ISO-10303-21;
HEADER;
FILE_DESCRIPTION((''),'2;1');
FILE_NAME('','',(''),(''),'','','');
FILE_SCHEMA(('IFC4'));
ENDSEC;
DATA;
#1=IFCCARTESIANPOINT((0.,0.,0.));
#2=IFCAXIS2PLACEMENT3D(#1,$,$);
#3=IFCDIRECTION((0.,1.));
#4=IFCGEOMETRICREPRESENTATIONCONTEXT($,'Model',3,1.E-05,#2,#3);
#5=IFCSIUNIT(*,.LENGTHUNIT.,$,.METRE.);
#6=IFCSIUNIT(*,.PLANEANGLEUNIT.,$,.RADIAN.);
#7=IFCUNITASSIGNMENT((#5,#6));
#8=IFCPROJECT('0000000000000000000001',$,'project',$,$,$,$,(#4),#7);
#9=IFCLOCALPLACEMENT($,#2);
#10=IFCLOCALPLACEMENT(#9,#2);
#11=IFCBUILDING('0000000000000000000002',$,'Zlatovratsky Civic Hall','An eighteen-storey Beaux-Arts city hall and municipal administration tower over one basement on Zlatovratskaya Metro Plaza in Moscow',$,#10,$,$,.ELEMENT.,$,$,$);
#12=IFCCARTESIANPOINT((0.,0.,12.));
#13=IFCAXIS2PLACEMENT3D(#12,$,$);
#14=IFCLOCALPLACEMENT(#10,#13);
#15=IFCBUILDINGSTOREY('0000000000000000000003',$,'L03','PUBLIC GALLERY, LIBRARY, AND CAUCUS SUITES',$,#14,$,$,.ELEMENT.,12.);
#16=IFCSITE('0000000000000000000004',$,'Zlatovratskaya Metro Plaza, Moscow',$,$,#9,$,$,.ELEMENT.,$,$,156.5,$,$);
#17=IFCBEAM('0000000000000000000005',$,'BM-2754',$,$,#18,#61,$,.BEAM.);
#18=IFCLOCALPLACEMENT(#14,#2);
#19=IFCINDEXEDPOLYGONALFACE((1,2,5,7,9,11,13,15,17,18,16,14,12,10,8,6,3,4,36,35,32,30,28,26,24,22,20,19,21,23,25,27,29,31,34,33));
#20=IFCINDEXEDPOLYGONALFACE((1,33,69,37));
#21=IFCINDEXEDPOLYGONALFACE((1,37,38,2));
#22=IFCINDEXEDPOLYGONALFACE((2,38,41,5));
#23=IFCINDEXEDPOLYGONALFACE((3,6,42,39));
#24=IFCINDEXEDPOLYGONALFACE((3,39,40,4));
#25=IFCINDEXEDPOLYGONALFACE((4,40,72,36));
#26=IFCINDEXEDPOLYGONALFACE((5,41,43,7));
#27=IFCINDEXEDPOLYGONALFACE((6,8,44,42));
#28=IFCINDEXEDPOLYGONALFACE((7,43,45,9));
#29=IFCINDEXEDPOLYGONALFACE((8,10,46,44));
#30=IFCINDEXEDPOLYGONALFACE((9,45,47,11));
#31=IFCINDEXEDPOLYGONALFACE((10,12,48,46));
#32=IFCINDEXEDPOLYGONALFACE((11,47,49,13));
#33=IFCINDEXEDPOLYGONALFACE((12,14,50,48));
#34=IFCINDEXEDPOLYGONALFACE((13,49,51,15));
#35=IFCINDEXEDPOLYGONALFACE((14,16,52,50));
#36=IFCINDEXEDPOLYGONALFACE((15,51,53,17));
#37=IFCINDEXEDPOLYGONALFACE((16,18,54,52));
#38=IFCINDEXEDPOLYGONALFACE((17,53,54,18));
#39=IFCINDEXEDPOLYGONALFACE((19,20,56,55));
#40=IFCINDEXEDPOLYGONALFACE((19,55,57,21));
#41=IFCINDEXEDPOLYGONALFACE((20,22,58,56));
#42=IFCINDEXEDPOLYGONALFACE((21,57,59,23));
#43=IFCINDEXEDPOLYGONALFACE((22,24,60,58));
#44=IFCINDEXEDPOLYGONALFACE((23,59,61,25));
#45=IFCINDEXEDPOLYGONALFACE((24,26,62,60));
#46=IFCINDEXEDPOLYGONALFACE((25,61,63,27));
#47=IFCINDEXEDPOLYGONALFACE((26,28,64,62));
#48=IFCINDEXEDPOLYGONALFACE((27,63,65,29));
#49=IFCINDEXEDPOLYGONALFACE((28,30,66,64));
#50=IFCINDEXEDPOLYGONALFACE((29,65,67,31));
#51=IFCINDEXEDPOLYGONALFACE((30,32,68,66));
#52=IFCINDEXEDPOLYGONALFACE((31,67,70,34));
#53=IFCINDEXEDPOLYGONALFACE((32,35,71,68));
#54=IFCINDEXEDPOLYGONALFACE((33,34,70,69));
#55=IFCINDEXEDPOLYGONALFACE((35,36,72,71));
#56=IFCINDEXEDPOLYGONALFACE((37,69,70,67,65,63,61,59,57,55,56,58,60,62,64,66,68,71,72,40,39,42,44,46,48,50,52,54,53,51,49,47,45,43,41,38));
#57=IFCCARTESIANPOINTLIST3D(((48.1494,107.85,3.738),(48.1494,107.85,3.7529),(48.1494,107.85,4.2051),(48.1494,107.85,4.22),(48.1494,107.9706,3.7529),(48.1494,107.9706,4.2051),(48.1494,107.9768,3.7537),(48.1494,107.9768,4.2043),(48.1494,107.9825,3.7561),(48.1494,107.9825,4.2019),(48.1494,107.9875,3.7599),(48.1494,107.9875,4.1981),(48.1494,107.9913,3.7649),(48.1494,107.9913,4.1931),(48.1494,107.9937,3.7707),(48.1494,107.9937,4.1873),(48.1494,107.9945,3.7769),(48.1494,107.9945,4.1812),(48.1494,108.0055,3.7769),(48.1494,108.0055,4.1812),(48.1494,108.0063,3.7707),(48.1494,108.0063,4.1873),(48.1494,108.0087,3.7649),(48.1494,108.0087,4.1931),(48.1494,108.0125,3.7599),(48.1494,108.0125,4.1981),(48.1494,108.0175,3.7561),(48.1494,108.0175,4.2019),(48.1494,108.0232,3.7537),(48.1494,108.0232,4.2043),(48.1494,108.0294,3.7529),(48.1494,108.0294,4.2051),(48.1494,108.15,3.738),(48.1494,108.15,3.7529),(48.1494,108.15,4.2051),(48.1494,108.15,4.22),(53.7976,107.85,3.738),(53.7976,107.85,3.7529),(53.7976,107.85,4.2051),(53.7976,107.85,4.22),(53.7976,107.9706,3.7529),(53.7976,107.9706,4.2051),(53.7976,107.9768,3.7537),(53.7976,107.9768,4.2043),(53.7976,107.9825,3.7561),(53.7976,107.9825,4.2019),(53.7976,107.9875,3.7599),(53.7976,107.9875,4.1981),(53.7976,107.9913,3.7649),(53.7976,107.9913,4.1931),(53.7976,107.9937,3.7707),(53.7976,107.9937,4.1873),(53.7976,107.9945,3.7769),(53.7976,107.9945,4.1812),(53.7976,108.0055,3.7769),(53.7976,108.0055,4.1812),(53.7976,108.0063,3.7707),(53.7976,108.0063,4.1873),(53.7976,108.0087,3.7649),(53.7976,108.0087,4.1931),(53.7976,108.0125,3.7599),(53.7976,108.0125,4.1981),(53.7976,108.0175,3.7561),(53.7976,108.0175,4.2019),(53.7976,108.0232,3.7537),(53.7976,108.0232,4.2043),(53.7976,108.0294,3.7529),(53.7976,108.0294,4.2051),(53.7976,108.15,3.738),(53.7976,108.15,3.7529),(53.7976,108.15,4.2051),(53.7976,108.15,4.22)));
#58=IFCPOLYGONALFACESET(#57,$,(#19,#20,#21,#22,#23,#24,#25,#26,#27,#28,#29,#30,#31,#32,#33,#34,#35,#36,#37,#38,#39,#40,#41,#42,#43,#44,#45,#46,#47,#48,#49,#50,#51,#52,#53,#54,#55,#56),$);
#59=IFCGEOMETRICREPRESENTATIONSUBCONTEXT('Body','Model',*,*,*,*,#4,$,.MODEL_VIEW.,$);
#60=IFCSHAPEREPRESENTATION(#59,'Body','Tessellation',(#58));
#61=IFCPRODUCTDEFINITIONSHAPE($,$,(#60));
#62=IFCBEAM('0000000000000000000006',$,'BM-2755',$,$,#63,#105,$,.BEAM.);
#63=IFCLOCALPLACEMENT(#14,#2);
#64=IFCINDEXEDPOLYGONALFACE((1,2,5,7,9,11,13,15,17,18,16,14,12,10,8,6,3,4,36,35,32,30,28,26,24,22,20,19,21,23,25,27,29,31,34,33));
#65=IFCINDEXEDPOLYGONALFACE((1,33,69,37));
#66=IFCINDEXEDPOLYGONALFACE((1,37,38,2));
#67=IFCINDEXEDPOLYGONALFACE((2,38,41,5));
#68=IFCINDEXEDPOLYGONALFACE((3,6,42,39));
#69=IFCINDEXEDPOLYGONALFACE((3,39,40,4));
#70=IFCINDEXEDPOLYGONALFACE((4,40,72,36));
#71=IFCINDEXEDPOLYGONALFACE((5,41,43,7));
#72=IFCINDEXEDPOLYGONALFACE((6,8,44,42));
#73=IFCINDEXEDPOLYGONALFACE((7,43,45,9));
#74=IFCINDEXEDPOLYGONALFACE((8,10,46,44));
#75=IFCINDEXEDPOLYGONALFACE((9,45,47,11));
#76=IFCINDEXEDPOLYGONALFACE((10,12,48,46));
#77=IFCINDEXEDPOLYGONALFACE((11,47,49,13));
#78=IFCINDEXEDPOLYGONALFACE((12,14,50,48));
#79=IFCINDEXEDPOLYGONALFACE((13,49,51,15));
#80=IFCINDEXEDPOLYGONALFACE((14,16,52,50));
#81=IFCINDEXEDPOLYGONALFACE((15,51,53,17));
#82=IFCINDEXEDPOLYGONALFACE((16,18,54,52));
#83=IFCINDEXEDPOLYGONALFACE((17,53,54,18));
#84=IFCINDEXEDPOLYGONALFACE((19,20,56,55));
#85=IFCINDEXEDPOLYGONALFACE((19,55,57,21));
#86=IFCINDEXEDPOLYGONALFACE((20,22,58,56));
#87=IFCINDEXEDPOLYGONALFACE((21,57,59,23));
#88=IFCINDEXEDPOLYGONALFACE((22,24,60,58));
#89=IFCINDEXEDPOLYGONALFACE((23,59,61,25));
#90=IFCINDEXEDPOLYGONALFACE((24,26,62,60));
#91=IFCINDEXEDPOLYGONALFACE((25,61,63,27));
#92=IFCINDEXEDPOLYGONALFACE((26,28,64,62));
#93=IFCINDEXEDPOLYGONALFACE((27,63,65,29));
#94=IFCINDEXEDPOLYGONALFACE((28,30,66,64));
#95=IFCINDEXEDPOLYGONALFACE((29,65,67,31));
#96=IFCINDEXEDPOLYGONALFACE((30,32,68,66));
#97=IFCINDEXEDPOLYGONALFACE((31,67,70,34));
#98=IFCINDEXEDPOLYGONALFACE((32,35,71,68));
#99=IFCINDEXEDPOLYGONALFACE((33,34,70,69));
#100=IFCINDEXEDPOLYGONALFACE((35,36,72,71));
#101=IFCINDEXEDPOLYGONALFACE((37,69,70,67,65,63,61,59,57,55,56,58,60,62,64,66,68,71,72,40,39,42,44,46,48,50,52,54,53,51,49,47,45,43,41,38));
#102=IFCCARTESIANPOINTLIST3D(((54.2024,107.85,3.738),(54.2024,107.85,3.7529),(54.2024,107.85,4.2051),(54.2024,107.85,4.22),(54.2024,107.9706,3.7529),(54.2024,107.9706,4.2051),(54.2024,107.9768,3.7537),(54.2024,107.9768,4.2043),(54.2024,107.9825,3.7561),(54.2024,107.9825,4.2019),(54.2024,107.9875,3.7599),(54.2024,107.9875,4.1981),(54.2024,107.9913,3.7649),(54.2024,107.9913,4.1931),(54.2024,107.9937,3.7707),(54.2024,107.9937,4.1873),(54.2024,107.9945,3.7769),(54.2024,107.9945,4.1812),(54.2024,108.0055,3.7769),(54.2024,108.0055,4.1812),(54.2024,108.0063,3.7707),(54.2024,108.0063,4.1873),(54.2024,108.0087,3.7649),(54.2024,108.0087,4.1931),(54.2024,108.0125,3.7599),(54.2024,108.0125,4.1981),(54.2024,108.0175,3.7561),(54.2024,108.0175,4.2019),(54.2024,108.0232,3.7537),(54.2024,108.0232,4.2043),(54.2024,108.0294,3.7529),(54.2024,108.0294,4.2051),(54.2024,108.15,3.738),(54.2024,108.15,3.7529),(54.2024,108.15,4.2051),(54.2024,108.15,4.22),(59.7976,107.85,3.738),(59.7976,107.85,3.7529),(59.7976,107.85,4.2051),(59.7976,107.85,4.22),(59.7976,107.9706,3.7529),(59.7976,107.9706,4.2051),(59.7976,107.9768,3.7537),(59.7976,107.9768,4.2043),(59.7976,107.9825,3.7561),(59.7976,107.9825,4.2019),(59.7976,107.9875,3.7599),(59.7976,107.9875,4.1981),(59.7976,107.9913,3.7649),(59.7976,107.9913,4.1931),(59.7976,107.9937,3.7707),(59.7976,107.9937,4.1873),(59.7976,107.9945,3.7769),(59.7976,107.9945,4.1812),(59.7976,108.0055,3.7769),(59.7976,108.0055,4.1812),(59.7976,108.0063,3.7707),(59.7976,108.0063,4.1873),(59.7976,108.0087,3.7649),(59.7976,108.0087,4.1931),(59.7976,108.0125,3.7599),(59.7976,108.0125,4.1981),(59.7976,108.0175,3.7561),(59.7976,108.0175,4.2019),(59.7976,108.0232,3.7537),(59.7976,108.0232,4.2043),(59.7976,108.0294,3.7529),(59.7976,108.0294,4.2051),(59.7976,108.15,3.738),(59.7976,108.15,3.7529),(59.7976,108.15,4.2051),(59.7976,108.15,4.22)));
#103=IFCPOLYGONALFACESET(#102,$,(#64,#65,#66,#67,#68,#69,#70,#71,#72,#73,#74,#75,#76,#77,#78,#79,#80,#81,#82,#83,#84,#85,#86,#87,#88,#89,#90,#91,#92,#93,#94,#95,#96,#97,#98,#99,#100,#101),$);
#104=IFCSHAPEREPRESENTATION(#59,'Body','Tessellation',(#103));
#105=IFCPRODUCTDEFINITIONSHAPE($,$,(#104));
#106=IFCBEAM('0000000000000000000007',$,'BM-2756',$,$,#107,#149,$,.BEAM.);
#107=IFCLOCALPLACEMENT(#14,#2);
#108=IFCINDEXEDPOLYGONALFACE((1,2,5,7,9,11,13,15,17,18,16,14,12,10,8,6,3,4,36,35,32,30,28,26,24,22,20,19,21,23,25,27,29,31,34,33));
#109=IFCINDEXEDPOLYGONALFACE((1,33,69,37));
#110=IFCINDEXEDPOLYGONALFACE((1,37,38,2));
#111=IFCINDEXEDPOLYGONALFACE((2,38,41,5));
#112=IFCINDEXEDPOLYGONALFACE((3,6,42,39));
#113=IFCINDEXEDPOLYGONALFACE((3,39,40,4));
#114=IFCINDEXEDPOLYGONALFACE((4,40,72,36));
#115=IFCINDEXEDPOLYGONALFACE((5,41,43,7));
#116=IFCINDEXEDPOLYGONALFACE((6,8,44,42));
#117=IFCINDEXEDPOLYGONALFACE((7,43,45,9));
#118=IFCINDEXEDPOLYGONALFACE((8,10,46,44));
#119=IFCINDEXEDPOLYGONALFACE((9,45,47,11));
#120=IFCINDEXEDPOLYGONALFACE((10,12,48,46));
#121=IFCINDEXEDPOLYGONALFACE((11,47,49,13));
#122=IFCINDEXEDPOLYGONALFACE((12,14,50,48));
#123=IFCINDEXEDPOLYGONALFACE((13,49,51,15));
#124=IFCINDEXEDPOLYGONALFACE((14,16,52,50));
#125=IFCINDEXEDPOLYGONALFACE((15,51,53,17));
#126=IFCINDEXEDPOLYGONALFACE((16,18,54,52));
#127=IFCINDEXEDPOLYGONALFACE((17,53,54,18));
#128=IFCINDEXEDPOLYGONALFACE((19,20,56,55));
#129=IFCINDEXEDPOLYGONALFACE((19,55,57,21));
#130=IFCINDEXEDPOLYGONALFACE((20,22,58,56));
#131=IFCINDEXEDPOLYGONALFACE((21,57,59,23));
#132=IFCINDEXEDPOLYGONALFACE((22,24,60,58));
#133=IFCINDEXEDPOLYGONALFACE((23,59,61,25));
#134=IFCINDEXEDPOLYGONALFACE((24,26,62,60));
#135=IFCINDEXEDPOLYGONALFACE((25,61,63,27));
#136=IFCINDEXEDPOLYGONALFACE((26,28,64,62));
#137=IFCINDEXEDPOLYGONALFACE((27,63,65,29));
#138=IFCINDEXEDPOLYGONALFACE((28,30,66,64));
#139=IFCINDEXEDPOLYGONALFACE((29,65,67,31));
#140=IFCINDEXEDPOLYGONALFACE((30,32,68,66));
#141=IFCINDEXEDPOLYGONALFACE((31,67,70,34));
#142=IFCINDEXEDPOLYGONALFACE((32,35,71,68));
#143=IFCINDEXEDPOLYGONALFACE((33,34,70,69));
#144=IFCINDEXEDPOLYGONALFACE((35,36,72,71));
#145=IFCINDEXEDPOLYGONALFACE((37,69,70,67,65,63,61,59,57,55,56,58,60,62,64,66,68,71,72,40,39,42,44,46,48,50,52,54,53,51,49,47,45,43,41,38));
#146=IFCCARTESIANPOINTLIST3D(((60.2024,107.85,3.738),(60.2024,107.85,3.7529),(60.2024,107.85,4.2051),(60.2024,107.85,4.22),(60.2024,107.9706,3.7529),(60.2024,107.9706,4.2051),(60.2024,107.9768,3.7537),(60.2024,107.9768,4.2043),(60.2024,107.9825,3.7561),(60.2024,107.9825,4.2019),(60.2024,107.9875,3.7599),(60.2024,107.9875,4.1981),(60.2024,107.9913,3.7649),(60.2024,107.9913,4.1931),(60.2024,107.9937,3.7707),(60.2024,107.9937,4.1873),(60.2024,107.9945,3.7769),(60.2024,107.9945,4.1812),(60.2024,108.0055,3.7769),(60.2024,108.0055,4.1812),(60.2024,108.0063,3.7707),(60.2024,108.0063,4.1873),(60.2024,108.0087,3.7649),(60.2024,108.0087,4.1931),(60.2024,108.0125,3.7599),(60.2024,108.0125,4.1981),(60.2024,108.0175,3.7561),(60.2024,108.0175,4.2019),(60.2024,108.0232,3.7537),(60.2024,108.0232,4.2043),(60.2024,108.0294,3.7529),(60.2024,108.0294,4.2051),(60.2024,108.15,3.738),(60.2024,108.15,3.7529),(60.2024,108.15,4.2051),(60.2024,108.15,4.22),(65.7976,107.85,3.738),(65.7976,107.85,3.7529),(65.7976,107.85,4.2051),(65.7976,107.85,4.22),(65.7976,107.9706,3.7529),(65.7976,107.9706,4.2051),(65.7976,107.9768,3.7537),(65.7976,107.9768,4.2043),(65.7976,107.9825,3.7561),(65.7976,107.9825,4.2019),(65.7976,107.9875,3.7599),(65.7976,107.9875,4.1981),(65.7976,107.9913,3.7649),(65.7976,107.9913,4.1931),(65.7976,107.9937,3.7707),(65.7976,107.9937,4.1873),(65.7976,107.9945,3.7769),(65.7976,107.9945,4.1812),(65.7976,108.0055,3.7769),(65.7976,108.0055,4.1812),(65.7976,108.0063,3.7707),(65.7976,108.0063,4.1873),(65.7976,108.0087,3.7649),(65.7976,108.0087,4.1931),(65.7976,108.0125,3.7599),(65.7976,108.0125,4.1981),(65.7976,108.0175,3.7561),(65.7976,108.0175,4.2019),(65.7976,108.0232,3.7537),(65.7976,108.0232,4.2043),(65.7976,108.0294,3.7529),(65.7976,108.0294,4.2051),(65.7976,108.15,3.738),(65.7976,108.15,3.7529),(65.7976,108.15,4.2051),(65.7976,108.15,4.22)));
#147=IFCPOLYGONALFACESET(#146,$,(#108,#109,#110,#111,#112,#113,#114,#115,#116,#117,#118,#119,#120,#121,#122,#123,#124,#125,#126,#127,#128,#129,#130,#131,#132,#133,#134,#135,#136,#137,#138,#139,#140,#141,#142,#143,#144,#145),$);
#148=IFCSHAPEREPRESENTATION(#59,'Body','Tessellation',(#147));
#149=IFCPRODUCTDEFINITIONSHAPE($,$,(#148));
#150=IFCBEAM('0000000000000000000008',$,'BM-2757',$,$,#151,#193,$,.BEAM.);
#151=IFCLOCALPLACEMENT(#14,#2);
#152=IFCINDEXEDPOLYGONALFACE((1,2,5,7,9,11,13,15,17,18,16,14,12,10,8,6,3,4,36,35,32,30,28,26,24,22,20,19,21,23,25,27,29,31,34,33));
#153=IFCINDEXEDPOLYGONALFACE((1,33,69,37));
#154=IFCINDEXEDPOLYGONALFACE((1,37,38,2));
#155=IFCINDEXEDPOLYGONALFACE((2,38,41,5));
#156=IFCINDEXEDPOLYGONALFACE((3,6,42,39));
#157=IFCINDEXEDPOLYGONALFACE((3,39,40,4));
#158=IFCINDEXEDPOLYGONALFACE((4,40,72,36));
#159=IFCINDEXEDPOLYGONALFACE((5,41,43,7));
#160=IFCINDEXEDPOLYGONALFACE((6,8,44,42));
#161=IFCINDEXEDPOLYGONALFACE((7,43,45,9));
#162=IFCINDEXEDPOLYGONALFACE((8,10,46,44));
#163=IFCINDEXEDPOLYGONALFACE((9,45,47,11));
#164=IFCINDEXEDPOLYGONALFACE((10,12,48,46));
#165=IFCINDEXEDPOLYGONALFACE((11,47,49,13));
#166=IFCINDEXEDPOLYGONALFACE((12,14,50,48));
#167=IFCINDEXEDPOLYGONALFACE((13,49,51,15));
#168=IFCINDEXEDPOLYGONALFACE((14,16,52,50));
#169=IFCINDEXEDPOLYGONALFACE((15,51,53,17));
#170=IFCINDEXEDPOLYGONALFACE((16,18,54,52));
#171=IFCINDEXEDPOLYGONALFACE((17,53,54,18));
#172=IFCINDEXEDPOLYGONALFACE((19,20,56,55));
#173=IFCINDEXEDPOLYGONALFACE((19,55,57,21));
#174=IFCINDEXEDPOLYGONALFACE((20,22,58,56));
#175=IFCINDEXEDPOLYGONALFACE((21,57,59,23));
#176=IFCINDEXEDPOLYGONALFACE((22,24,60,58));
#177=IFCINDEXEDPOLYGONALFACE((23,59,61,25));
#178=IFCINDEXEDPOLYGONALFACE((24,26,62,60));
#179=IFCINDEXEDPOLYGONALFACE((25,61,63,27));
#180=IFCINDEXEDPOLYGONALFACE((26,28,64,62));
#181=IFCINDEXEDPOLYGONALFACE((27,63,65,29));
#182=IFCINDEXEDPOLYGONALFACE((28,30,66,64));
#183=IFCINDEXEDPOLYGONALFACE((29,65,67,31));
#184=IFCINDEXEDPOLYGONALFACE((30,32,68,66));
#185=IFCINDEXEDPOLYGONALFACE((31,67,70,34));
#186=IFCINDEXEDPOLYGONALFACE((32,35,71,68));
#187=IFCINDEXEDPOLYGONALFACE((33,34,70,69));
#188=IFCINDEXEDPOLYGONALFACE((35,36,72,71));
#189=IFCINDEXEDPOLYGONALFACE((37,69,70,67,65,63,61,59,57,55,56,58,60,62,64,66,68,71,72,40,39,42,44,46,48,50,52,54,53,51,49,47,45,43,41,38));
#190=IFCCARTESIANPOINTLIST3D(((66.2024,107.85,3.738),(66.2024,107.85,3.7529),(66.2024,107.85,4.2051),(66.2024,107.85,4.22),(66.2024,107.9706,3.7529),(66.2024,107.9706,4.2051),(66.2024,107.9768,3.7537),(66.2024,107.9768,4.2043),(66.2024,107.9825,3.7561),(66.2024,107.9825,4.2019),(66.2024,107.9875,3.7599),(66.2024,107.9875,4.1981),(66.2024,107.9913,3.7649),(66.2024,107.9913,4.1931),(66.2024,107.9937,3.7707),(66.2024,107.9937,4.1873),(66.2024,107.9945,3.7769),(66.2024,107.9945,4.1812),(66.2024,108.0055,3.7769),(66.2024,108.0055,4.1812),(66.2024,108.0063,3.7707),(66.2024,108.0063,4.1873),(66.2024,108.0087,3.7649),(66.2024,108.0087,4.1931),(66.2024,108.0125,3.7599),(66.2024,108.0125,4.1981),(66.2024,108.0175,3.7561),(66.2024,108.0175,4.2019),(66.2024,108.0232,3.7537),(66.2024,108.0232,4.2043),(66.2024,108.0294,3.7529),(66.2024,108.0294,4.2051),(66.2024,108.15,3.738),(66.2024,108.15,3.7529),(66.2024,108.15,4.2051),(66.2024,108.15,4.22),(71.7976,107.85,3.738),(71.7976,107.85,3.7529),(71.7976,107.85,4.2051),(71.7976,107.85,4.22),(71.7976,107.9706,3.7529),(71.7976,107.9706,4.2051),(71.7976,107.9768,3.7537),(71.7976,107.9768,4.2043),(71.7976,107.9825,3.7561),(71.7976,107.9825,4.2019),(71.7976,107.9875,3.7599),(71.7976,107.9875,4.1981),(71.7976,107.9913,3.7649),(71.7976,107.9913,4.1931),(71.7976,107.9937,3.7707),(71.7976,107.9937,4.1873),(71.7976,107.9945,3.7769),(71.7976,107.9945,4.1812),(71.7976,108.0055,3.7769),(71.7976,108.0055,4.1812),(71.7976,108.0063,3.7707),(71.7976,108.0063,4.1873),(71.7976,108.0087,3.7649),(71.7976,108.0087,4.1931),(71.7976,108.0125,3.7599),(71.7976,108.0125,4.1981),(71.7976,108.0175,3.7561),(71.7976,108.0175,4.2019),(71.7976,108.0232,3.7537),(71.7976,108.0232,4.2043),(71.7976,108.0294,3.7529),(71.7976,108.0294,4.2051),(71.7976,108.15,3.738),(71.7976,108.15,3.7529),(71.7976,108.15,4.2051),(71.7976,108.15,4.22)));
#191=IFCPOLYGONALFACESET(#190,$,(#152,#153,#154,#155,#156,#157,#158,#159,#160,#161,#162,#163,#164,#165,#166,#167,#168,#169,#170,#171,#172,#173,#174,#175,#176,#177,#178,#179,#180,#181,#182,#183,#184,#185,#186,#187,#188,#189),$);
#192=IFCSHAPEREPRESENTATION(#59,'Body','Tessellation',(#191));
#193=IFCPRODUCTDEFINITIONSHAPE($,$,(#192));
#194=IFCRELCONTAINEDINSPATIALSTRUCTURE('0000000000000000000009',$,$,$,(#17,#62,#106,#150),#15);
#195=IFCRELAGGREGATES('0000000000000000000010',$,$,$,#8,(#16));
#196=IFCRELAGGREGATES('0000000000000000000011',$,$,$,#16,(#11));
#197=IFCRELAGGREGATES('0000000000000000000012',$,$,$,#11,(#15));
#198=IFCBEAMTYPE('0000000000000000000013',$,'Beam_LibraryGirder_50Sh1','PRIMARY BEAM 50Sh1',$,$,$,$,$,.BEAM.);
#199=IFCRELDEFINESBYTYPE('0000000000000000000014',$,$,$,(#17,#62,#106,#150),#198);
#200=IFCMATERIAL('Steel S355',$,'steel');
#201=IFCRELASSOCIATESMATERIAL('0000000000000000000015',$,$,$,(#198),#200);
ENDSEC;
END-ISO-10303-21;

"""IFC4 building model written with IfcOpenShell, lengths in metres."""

from ifc_helpers import new_model, si_unit, direction, frame, origin, origin_2d, place, context, subcontext, project, spatial, i_section, extrude, material, material_profile, profile_set, type_object, element, save


model = new_model("IFC4")

# Units and contexts
model_context = context("Model", 3, precision=1e-05, world=origin(), true_north=direction((0.0, 1.0)))
body_context = subcontext(model_context, "Body", "Model", "MODEL_VIEW")
ifc_project = project(units=[si_unit("LENGTHUNIT", "METRE"), si_unit("PLANEANGLEUNIT", "RADIAN")], contexts=[model_context])

# Site, building, storey
site_placement = place(None, origin())
site = spatial("IfcSite", under=ifc_project, at=site_placement, Name="Zlatovratskaya Metro Plaza, Moscow", CompositionType="ELEMENT", RefElevation=156.5)
building_placement = place(site_placement, origin())
building = spatial("IfcBuilding", under=site, at=building_placement, Name="Zlatovratsky Civic Hall", Description="An eighteen-storey Beaux-Arts city hall and municipal administration tower over one basement on Zlatovratskaya Metro Plaza in Moscow", CompositionType="ELEMENT")
storey_placement = place(building_placement, frame((0.0, 0.0, 12.0)))
storey = spatial("IfcBuildingStorey", under=building, at=storey_placement, Name="L03", Description="PUBLIC GALLERY, LIBRARY, AND CAUCUS SUITES", CompositionType="ELEMENT", Elevation=12.0)

# Shared definitions
ifc_material_1 = material(Name="Steel S355", Category="steel")

# Beams
ifc_material_profile_1 = material_profile(ifc_material_1, i_section(OverallWidth=0.3, OverallDepth=0.4819, WebThickness=0.011, FlangeThickness=0.0149, FilletRadius=0.0239, at=origin_2d()), Name="50Sh1")
ifc_profile_set_1 = profile_set([ifc_material_profile_1], Name="Steel S355")
beam_type_1 = type_object("IfcBeamType", Name="Beam_LibraryGirder_50Sh1", Description="PRIMARY BEAM 50Sh1", PredefinedType="BEAM", material=ifc_profile_set_1)
beam_1_placement = place(storey_placement, frame((48.1494, 108.0, 3.979), z_axis=(1.0, 0.0, 0.0), x_axis=(0.0, 1.0, 0.0)))
element("IfcBeam", 1, at=beam_1_placement, inside=storey, type_object=beam_type_1, Name="BM-2754", PredefinedType="BEAM", context=body_context, shape_type="SweptSolid", body=[
    extrude(i_section(OverallWidth=0.3, OverallDepth=0.4819, WebThickness=0.011, FlangeThickness=0.0149, FilletRadius=0.0239, at=origin_2d()), origin(), (0.0, 0.0, 1.0), 5.6482),
])
for number, where, z_axis, x_axis, name in (
    (2, (54.2024, 108.0, 3.979), (1.0, 0.0, 0.0), (0.0, 1.0, 0.0), "BM-2755"),
    (3, (60.2024, 108.0, 3.979), (1.0, 0.0, 0.0), (0.0, 1.0, 0.0), "BM-2756"),
    (4, (66.2024, 108.0, 3.979), (1.0, 0.0, 0.0), (0.0, 1.0, 0.0), "BM-2757"),
):
    element("IfcBeam", number, at=place(storey_placement, frame(where, z_axis=z_axis, x_axis=x_axis)), inside=storey, type_object=beam_type_1, Name=name, PredefinedType="BEAM", context=body_context, shape_type="SweptSolid", body=[
        extrude(i_section(OverallWidth=0.3, OverallDepth=0.4819, WebThickness=0.011, FlangeThickness=0.0149, FilletRadius=0.0239, at=origin_2d()), origin(), (0.0, 0.0, 1.0), 5.5952),
    ])

save(model, "model.ifc")
